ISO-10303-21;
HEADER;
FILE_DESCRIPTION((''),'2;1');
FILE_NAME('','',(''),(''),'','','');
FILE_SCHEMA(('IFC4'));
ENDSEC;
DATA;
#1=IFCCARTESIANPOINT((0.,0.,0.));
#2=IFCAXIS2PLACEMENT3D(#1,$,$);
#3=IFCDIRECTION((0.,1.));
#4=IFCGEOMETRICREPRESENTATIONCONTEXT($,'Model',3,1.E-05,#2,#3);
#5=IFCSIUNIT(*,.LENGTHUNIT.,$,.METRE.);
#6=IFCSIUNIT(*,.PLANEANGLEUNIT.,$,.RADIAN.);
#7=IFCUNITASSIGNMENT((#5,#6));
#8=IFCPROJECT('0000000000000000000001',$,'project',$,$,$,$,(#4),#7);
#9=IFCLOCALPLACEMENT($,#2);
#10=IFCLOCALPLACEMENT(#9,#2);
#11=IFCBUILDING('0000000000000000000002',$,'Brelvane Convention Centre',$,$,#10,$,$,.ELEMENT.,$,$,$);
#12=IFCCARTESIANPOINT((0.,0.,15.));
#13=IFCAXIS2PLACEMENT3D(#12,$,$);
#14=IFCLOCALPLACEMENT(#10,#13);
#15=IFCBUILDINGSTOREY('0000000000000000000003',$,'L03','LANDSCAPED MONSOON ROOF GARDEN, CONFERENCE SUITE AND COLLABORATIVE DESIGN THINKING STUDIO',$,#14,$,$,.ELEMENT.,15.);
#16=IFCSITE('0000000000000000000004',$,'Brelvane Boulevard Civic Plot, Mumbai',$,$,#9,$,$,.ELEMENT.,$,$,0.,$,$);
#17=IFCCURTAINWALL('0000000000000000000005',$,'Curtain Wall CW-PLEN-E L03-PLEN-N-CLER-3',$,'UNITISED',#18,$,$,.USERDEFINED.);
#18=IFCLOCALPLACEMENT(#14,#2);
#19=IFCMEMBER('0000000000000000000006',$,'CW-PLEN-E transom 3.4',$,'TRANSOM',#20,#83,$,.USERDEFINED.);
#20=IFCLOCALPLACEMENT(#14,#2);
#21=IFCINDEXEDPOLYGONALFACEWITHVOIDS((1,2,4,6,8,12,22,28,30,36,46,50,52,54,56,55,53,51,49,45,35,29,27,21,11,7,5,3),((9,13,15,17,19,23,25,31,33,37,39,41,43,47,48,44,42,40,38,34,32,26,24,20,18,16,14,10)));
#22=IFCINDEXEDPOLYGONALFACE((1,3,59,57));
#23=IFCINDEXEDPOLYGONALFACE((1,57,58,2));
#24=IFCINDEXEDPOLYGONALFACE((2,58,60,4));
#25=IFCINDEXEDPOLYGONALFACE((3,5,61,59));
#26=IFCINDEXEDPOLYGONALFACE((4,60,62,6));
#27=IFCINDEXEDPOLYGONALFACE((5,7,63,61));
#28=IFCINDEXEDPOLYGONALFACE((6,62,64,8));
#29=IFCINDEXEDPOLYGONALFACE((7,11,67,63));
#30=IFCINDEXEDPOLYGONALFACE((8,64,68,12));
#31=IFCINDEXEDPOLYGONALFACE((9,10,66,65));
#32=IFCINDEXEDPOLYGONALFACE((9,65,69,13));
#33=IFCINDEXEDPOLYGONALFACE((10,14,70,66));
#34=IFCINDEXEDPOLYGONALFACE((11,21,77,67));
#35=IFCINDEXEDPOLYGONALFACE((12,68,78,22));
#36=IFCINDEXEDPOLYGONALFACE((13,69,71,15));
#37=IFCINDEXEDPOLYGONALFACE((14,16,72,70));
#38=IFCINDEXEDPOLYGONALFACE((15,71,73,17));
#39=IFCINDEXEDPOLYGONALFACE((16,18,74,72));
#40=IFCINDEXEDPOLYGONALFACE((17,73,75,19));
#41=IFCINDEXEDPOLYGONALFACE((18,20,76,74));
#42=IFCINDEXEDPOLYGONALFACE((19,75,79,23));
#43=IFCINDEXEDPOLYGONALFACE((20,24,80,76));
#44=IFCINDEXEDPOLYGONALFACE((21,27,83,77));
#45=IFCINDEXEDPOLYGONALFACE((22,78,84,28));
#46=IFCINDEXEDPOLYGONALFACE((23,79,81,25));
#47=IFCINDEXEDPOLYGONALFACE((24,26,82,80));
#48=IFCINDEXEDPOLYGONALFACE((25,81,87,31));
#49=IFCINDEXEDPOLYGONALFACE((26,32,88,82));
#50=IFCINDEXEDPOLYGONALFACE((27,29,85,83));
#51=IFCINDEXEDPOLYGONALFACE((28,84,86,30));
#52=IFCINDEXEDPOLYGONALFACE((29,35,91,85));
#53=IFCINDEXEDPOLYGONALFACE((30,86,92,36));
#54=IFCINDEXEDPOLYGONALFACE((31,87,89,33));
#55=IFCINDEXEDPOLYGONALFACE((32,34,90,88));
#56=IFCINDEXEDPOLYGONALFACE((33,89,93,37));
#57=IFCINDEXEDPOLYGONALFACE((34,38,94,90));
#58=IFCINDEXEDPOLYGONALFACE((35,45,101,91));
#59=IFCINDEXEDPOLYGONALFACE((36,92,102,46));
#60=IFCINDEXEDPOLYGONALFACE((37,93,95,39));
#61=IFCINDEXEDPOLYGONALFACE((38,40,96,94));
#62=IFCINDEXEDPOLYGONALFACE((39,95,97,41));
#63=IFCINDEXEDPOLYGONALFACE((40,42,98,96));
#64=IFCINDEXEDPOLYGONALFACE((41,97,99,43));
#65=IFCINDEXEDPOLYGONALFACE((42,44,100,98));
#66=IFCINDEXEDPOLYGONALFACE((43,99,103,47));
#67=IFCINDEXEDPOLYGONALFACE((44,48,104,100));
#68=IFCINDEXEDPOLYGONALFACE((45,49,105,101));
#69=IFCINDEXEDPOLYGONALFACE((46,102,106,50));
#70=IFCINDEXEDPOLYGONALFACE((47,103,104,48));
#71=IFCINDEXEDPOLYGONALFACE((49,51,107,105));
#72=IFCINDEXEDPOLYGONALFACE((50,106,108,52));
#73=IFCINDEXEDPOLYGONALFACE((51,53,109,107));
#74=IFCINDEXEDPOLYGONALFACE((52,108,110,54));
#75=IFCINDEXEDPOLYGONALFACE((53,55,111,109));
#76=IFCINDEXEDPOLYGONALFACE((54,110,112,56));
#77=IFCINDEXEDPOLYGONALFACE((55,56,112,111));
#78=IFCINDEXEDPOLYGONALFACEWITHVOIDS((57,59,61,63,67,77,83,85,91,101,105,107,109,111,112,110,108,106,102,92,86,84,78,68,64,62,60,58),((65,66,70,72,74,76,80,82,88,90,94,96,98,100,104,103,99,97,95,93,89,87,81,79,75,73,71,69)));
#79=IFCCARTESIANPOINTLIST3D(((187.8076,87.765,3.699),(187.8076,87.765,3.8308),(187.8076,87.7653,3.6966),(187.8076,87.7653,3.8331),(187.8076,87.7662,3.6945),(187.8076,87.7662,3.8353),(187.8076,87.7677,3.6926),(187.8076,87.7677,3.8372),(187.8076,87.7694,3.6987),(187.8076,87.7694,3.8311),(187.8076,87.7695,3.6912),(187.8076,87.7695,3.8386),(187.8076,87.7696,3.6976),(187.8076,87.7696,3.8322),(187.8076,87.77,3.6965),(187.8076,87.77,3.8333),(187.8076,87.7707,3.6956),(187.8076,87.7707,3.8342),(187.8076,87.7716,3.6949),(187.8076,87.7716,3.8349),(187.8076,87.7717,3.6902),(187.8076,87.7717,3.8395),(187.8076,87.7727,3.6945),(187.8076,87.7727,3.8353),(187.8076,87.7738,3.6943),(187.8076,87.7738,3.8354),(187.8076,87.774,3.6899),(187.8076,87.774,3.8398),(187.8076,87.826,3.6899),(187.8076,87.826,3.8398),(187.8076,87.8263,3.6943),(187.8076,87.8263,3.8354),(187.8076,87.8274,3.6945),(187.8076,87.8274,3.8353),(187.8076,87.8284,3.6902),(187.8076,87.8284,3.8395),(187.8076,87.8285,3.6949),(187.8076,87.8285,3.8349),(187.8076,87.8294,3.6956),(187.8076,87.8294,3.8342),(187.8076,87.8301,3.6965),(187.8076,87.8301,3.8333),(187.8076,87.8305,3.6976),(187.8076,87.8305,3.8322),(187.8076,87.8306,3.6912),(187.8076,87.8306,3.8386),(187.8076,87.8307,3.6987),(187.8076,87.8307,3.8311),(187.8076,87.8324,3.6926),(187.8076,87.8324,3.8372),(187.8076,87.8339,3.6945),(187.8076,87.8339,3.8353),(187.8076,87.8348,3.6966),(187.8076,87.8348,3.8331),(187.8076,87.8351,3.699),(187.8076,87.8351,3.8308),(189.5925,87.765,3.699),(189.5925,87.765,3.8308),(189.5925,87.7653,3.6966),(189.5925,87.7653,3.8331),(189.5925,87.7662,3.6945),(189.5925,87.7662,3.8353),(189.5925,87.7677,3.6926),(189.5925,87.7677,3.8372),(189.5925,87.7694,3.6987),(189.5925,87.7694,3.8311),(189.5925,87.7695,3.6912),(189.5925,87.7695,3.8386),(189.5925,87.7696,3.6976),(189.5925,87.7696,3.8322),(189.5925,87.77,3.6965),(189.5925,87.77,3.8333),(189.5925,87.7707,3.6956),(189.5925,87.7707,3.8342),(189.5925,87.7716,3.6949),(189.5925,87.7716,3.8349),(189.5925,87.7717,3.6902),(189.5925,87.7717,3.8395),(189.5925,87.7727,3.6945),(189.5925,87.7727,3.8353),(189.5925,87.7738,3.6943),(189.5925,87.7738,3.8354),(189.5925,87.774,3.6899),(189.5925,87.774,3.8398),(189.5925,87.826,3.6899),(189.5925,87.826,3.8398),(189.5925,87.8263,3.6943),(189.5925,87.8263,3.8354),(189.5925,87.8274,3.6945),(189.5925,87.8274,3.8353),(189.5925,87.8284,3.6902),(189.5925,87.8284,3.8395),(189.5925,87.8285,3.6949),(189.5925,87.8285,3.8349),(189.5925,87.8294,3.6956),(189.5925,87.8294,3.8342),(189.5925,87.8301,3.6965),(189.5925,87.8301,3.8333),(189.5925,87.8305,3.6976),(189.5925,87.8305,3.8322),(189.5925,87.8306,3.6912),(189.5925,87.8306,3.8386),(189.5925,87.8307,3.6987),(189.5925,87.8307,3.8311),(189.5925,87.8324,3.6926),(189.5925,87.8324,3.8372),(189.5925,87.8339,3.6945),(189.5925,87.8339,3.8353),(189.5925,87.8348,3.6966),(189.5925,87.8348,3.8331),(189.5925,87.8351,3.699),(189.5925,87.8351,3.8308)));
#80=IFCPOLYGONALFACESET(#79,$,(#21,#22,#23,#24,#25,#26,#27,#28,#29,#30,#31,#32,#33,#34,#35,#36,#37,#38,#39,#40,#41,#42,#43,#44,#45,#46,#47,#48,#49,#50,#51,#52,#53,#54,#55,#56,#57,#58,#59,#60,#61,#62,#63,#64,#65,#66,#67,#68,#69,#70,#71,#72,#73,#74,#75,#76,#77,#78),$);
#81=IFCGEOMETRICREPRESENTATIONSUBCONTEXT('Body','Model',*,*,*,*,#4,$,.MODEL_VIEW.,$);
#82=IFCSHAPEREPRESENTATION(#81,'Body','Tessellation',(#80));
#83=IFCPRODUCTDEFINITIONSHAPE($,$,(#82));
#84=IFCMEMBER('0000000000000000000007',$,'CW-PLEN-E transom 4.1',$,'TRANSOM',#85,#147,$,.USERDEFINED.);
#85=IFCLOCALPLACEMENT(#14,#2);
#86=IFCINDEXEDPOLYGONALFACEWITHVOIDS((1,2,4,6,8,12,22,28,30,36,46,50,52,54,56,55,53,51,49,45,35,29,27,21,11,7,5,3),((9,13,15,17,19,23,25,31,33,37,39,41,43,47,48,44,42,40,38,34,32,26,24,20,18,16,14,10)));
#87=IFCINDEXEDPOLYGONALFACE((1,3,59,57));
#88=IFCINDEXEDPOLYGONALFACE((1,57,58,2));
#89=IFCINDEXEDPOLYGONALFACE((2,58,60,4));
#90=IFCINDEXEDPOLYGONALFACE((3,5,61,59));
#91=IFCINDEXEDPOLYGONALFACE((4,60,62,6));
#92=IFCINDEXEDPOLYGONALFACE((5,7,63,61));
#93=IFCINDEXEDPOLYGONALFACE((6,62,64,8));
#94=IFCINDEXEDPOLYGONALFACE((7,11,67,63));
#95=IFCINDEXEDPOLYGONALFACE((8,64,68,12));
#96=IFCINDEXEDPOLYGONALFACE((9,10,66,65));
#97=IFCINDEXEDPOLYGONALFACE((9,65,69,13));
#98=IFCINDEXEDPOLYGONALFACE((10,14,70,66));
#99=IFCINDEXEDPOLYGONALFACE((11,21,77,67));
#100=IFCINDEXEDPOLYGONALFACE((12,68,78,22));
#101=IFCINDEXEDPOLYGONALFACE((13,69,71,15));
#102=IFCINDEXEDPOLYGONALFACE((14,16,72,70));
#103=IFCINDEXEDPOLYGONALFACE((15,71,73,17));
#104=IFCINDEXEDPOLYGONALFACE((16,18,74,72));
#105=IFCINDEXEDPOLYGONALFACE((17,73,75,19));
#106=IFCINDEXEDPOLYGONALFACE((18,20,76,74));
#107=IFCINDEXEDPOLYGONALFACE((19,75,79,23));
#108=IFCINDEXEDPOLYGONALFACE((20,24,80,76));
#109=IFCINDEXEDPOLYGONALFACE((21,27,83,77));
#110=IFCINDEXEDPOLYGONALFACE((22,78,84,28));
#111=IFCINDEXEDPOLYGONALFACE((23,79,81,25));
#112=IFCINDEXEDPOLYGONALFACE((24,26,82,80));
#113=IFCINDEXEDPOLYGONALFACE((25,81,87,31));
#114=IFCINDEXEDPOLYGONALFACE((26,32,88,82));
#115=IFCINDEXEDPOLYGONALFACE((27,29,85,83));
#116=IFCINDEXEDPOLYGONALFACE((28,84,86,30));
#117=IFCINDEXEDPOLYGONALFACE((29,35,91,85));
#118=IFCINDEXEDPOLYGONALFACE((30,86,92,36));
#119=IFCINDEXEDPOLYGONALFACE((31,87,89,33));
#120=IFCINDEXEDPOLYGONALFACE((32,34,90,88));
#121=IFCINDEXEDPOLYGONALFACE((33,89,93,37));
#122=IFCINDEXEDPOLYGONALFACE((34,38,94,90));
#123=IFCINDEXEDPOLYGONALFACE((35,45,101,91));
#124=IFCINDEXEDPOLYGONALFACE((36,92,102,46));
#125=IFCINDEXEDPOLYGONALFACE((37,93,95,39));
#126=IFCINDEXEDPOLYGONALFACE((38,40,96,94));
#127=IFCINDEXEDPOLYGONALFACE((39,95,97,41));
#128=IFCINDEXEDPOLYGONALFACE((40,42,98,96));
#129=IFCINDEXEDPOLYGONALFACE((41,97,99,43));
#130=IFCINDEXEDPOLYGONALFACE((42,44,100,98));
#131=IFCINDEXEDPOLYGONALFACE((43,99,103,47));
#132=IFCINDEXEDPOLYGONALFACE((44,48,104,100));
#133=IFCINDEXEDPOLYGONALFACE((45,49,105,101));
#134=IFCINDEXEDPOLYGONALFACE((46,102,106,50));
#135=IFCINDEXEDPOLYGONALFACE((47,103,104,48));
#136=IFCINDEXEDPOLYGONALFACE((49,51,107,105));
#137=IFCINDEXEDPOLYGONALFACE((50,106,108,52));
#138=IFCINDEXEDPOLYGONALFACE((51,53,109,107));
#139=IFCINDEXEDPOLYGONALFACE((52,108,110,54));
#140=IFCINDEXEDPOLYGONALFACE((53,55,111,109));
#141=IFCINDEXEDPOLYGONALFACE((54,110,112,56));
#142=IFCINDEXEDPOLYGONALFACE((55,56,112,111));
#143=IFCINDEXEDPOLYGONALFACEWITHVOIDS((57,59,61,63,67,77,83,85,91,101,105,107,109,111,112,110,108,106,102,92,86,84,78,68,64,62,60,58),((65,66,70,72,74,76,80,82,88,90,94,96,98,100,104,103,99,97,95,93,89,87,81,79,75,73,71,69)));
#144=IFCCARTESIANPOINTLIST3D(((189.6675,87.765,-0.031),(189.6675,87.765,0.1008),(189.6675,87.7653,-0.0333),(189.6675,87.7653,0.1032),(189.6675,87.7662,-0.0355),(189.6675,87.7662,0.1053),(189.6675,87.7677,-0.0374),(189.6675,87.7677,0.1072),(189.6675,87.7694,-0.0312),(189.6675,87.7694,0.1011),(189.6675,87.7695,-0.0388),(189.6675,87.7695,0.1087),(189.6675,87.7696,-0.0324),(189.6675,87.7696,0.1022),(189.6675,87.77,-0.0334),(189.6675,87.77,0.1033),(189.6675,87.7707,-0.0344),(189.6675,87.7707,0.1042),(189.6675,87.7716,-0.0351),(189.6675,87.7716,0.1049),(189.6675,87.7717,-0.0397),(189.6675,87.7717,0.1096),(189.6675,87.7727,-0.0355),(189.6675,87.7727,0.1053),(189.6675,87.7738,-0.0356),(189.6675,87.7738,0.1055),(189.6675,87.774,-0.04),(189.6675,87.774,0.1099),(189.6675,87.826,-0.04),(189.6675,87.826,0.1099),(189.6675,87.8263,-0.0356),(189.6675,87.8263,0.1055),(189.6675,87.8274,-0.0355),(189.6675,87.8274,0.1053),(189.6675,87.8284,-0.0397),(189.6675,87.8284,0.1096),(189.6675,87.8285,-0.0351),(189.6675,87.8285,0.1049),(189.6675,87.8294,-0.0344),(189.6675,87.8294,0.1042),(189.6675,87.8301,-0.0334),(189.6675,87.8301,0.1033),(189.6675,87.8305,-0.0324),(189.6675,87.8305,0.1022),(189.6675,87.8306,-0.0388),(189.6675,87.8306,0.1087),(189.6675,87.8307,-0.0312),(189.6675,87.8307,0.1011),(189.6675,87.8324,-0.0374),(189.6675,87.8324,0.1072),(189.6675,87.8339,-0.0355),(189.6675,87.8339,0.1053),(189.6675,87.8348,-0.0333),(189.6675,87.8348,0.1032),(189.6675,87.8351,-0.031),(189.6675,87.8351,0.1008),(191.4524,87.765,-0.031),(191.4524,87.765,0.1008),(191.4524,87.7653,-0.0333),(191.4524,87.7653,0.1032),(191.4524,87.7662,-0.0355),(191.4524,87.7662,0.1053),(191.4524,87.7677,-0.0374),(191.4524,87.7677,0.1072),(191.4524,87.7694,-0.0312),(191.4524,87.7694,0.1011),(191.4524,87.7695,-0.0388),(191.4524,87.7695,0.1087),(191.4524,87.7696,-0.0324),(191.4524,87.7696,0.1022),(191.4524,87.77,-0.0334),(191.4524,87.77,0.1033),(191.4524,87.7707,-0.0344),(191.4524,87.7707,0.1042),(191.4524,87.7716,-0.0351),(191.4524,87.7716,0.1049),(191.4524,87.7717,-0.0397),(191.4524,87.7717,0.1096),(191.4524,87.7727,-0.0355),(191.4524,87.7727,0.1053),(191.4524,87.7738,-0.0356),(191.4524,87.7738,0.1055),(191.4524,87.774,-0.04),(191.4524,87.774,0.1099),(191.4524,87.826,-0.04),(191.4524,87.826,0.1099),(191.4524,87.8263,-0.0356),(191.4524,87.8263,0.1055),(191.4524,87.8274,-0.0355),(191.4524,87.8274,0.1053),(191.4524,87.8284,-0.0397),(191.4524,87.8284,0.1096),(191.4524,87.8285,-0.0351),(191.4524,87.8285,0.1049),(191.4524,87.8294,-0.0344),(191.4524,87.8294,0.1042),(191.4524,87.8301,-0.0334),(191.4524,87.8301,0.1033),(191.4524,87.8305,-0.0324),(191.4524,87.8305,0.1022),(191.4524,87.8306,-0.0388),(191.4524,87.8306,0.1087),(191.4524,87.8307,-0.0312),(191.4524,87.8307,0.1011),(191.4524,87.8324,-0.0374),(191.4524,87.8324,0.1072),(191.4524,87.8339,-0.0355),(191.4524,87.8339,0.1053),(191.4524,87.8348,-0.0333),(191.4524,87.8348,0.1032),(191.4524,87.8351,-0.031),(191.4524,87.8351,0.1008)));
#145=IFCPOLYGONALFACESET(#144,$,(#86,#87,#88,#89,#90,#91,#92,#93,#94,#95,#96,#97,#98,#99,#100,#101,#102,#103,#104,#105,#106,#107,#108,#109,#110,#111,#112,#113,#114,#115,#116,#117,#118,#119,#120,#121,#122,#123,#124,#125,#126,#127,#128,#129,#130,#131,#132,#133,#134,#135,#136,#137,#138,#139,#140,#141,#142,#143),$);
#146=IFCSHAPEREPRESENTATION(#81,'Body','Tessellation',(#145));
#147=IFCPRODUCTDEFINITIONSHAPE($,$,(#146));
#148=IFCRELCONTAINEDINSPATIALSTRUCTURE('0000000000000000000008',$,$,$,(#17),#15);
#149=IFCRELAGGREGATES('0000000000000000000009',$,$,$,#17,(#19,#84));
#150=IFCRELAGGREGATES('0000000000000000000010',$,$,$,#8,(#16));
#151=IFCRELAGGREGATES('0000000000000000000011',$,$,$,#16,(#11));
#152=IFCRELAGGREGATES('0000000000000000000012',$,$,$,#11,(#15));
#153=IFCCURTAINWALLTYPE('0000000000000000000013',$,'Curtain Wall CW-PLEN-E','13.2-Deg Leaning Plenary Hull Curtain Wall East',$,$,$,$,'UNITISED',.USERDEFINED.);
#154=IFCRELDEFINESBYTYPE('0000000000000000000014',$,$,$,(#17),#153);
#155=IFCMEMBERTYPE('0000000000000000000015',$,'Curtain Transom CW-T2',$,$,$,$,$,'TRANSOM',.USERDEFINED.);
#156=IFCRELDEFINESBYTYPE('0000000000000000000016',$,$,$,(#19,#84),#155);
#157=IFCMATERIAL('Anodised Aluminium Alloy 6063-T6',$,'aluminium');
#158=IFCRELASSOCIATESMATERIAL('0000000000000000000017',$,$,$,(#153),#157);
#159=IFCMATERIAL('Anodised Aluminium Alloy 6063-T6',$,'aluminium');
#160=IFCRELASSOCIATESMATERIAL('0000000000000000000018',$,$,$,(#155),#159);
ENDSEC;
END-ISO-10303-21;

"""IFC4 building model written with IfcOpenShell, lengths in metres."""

from ifc_helpers import new_model, si_unit, direction, frame, origin, origin_2d, place, context, subcontext, project, spatial, hollow_rectangle, extrude, material, material_profile, profile_set, type_object, element, aggregate, save


model = new_model("IFC4")

# Units and contexts
model_context = context("Model", 3, precision=1e-05, world=origin(), true_north=direction((0.0, 1.0)))
body_context = subcontext(model_context, "Body", "Model", "MODEL_VIEW")
ifc_project = project(units=[si_unit("LENGTHUNIT", "METRE"), si_unit("PLANEANGLEUNIT", "RADIAN")], contexts=[model_context])

# Site, building, storey
site_placement = place(None, origin())
site = spatial("IfcSite", under=ifc_project, at=site_placement, Name="Brelvane Boulevard Civic Plot, Mumbai", CompositionType="ELEMENT", RefElevation=0.0)
building_placement = place(site_placement, origin())
building = spatial("IfcBuilding", under=site, at=building_placement, Name="Brelvane Convention Centre", CompositionType="ELEMENT")
storey_placement = place(building_placement, frame((0.0, 0.0, 15.0)))
storey = spatial("IfcBuildingStorey", under=building, at=storey_placement, Name="L03", Description="LANDSCAPED MONSOON ROOF GARDEN, CONFERENCE SUITE AND COLLABORATIVE DESIGN THINKING STUDIO", CompositionType="ELEMENT", Elevation=15.0)

# Curtain wall, members
ifc_material_1 = material(Name="Anodised Aluminium Alloy 6063-T6", Category="aluminium")
curtain_wall_type = type_object("IfcCurtainWallType", Name="Curtain Wall CW-PLEN-E", Description="13.2-Deg Leaning Plenary Hull Curtain Wall East", ElementType="UNITISED", PredefinedType="USERDEFINED", material=ifc_material_1)
curtain_wall_placement = place(storey_placement, origin())
curtain_wall = element("IfcCurtainWall", 1, at=curtain_wall_placement, inside=storey, type_object=curtain_wall_type, Name="Curtain Wall CW-PLEN-E L03-PLEN-N-CLER-3", ObjectType="UNITISED", PredefinedType="USERDEFINED")
ifc_material_2 = material(Name="Anodised Aluminium Alloy 6063-T6", Category="aluminium")
ifc_material_profile_1 = material_profile(ifc_material_2, hollow_rectangle(XDim=0.0701, YDim=0.1499, WallThickness=0.0044, InnerFilletRadius=0.0044, OuterFilletRadius=0.009, at=origin_2d()), Name="ALU-T 150x70x4.5")
ifc_profile_set_1 = profile_set([ifc_material_profile_1], Name="Anodised Aluminium Alloy 6063-T6")
member_type_1 = type_object("IfcMemberType", Name="Curtain Transom CW-T2", ElementType="TRANSOM", PredefinedType="USERDEFINED", material=ifc_profile_set_1)
member_1_placement = place(storey_placement, frame((187.8076, 87.8, 3.7649), z_axis=(1.0, 0.0, 0.0), x_axis=(0.0, 1.0, 0.0)))
member_1 = element("IfcMember", 2, at=member_1_placement, type_object=member_type_1, Name="CW-PLEN-E transom 3.4", ObjectType="TRANSOM", PredefinedType="USERDEFINED", context=body_context, shape_type="SweptSolid", body=[
    extrude(hollow_rectangle(XDim=0.0701, YDim=0.1499, WallThickness=0.0044, InnerFilletRadius=0.0044, OuterFilletRadius=0.009, at=origin_2d()), origin(), (0.0, 0.0, 1.0), 1.7849),
])
member_2_placement = place(storey_placement, frame((189.6675, 87.8, 0.0349), z_axis=(1.0, 0.0, 0.0), x_axis=(0.0, 1.0, 0.0)))
member_2 = element("IfcMember", 3, at=member_2_placement, type_object=member_type_1, Name="CW-PLEN-E transom 4.1", ObjectType="TRANSOM", PredefinedType="USERDEFINED", context=body_context, shape_type="SweptSolid", body=[
    extrude(hollow_rectangle(XDim=0.0701, YDim=0.1499, WallThickness=0.0044, InnerFilletRadius=0.0044, OuterFilletRadius=0.009, at=origin_2d()), origin(), (0.0, 0.0, 1.0), 1.7849),
])
aggregate(curtain_wall, [member_1, member_2])

save(model, "model.ifc")
